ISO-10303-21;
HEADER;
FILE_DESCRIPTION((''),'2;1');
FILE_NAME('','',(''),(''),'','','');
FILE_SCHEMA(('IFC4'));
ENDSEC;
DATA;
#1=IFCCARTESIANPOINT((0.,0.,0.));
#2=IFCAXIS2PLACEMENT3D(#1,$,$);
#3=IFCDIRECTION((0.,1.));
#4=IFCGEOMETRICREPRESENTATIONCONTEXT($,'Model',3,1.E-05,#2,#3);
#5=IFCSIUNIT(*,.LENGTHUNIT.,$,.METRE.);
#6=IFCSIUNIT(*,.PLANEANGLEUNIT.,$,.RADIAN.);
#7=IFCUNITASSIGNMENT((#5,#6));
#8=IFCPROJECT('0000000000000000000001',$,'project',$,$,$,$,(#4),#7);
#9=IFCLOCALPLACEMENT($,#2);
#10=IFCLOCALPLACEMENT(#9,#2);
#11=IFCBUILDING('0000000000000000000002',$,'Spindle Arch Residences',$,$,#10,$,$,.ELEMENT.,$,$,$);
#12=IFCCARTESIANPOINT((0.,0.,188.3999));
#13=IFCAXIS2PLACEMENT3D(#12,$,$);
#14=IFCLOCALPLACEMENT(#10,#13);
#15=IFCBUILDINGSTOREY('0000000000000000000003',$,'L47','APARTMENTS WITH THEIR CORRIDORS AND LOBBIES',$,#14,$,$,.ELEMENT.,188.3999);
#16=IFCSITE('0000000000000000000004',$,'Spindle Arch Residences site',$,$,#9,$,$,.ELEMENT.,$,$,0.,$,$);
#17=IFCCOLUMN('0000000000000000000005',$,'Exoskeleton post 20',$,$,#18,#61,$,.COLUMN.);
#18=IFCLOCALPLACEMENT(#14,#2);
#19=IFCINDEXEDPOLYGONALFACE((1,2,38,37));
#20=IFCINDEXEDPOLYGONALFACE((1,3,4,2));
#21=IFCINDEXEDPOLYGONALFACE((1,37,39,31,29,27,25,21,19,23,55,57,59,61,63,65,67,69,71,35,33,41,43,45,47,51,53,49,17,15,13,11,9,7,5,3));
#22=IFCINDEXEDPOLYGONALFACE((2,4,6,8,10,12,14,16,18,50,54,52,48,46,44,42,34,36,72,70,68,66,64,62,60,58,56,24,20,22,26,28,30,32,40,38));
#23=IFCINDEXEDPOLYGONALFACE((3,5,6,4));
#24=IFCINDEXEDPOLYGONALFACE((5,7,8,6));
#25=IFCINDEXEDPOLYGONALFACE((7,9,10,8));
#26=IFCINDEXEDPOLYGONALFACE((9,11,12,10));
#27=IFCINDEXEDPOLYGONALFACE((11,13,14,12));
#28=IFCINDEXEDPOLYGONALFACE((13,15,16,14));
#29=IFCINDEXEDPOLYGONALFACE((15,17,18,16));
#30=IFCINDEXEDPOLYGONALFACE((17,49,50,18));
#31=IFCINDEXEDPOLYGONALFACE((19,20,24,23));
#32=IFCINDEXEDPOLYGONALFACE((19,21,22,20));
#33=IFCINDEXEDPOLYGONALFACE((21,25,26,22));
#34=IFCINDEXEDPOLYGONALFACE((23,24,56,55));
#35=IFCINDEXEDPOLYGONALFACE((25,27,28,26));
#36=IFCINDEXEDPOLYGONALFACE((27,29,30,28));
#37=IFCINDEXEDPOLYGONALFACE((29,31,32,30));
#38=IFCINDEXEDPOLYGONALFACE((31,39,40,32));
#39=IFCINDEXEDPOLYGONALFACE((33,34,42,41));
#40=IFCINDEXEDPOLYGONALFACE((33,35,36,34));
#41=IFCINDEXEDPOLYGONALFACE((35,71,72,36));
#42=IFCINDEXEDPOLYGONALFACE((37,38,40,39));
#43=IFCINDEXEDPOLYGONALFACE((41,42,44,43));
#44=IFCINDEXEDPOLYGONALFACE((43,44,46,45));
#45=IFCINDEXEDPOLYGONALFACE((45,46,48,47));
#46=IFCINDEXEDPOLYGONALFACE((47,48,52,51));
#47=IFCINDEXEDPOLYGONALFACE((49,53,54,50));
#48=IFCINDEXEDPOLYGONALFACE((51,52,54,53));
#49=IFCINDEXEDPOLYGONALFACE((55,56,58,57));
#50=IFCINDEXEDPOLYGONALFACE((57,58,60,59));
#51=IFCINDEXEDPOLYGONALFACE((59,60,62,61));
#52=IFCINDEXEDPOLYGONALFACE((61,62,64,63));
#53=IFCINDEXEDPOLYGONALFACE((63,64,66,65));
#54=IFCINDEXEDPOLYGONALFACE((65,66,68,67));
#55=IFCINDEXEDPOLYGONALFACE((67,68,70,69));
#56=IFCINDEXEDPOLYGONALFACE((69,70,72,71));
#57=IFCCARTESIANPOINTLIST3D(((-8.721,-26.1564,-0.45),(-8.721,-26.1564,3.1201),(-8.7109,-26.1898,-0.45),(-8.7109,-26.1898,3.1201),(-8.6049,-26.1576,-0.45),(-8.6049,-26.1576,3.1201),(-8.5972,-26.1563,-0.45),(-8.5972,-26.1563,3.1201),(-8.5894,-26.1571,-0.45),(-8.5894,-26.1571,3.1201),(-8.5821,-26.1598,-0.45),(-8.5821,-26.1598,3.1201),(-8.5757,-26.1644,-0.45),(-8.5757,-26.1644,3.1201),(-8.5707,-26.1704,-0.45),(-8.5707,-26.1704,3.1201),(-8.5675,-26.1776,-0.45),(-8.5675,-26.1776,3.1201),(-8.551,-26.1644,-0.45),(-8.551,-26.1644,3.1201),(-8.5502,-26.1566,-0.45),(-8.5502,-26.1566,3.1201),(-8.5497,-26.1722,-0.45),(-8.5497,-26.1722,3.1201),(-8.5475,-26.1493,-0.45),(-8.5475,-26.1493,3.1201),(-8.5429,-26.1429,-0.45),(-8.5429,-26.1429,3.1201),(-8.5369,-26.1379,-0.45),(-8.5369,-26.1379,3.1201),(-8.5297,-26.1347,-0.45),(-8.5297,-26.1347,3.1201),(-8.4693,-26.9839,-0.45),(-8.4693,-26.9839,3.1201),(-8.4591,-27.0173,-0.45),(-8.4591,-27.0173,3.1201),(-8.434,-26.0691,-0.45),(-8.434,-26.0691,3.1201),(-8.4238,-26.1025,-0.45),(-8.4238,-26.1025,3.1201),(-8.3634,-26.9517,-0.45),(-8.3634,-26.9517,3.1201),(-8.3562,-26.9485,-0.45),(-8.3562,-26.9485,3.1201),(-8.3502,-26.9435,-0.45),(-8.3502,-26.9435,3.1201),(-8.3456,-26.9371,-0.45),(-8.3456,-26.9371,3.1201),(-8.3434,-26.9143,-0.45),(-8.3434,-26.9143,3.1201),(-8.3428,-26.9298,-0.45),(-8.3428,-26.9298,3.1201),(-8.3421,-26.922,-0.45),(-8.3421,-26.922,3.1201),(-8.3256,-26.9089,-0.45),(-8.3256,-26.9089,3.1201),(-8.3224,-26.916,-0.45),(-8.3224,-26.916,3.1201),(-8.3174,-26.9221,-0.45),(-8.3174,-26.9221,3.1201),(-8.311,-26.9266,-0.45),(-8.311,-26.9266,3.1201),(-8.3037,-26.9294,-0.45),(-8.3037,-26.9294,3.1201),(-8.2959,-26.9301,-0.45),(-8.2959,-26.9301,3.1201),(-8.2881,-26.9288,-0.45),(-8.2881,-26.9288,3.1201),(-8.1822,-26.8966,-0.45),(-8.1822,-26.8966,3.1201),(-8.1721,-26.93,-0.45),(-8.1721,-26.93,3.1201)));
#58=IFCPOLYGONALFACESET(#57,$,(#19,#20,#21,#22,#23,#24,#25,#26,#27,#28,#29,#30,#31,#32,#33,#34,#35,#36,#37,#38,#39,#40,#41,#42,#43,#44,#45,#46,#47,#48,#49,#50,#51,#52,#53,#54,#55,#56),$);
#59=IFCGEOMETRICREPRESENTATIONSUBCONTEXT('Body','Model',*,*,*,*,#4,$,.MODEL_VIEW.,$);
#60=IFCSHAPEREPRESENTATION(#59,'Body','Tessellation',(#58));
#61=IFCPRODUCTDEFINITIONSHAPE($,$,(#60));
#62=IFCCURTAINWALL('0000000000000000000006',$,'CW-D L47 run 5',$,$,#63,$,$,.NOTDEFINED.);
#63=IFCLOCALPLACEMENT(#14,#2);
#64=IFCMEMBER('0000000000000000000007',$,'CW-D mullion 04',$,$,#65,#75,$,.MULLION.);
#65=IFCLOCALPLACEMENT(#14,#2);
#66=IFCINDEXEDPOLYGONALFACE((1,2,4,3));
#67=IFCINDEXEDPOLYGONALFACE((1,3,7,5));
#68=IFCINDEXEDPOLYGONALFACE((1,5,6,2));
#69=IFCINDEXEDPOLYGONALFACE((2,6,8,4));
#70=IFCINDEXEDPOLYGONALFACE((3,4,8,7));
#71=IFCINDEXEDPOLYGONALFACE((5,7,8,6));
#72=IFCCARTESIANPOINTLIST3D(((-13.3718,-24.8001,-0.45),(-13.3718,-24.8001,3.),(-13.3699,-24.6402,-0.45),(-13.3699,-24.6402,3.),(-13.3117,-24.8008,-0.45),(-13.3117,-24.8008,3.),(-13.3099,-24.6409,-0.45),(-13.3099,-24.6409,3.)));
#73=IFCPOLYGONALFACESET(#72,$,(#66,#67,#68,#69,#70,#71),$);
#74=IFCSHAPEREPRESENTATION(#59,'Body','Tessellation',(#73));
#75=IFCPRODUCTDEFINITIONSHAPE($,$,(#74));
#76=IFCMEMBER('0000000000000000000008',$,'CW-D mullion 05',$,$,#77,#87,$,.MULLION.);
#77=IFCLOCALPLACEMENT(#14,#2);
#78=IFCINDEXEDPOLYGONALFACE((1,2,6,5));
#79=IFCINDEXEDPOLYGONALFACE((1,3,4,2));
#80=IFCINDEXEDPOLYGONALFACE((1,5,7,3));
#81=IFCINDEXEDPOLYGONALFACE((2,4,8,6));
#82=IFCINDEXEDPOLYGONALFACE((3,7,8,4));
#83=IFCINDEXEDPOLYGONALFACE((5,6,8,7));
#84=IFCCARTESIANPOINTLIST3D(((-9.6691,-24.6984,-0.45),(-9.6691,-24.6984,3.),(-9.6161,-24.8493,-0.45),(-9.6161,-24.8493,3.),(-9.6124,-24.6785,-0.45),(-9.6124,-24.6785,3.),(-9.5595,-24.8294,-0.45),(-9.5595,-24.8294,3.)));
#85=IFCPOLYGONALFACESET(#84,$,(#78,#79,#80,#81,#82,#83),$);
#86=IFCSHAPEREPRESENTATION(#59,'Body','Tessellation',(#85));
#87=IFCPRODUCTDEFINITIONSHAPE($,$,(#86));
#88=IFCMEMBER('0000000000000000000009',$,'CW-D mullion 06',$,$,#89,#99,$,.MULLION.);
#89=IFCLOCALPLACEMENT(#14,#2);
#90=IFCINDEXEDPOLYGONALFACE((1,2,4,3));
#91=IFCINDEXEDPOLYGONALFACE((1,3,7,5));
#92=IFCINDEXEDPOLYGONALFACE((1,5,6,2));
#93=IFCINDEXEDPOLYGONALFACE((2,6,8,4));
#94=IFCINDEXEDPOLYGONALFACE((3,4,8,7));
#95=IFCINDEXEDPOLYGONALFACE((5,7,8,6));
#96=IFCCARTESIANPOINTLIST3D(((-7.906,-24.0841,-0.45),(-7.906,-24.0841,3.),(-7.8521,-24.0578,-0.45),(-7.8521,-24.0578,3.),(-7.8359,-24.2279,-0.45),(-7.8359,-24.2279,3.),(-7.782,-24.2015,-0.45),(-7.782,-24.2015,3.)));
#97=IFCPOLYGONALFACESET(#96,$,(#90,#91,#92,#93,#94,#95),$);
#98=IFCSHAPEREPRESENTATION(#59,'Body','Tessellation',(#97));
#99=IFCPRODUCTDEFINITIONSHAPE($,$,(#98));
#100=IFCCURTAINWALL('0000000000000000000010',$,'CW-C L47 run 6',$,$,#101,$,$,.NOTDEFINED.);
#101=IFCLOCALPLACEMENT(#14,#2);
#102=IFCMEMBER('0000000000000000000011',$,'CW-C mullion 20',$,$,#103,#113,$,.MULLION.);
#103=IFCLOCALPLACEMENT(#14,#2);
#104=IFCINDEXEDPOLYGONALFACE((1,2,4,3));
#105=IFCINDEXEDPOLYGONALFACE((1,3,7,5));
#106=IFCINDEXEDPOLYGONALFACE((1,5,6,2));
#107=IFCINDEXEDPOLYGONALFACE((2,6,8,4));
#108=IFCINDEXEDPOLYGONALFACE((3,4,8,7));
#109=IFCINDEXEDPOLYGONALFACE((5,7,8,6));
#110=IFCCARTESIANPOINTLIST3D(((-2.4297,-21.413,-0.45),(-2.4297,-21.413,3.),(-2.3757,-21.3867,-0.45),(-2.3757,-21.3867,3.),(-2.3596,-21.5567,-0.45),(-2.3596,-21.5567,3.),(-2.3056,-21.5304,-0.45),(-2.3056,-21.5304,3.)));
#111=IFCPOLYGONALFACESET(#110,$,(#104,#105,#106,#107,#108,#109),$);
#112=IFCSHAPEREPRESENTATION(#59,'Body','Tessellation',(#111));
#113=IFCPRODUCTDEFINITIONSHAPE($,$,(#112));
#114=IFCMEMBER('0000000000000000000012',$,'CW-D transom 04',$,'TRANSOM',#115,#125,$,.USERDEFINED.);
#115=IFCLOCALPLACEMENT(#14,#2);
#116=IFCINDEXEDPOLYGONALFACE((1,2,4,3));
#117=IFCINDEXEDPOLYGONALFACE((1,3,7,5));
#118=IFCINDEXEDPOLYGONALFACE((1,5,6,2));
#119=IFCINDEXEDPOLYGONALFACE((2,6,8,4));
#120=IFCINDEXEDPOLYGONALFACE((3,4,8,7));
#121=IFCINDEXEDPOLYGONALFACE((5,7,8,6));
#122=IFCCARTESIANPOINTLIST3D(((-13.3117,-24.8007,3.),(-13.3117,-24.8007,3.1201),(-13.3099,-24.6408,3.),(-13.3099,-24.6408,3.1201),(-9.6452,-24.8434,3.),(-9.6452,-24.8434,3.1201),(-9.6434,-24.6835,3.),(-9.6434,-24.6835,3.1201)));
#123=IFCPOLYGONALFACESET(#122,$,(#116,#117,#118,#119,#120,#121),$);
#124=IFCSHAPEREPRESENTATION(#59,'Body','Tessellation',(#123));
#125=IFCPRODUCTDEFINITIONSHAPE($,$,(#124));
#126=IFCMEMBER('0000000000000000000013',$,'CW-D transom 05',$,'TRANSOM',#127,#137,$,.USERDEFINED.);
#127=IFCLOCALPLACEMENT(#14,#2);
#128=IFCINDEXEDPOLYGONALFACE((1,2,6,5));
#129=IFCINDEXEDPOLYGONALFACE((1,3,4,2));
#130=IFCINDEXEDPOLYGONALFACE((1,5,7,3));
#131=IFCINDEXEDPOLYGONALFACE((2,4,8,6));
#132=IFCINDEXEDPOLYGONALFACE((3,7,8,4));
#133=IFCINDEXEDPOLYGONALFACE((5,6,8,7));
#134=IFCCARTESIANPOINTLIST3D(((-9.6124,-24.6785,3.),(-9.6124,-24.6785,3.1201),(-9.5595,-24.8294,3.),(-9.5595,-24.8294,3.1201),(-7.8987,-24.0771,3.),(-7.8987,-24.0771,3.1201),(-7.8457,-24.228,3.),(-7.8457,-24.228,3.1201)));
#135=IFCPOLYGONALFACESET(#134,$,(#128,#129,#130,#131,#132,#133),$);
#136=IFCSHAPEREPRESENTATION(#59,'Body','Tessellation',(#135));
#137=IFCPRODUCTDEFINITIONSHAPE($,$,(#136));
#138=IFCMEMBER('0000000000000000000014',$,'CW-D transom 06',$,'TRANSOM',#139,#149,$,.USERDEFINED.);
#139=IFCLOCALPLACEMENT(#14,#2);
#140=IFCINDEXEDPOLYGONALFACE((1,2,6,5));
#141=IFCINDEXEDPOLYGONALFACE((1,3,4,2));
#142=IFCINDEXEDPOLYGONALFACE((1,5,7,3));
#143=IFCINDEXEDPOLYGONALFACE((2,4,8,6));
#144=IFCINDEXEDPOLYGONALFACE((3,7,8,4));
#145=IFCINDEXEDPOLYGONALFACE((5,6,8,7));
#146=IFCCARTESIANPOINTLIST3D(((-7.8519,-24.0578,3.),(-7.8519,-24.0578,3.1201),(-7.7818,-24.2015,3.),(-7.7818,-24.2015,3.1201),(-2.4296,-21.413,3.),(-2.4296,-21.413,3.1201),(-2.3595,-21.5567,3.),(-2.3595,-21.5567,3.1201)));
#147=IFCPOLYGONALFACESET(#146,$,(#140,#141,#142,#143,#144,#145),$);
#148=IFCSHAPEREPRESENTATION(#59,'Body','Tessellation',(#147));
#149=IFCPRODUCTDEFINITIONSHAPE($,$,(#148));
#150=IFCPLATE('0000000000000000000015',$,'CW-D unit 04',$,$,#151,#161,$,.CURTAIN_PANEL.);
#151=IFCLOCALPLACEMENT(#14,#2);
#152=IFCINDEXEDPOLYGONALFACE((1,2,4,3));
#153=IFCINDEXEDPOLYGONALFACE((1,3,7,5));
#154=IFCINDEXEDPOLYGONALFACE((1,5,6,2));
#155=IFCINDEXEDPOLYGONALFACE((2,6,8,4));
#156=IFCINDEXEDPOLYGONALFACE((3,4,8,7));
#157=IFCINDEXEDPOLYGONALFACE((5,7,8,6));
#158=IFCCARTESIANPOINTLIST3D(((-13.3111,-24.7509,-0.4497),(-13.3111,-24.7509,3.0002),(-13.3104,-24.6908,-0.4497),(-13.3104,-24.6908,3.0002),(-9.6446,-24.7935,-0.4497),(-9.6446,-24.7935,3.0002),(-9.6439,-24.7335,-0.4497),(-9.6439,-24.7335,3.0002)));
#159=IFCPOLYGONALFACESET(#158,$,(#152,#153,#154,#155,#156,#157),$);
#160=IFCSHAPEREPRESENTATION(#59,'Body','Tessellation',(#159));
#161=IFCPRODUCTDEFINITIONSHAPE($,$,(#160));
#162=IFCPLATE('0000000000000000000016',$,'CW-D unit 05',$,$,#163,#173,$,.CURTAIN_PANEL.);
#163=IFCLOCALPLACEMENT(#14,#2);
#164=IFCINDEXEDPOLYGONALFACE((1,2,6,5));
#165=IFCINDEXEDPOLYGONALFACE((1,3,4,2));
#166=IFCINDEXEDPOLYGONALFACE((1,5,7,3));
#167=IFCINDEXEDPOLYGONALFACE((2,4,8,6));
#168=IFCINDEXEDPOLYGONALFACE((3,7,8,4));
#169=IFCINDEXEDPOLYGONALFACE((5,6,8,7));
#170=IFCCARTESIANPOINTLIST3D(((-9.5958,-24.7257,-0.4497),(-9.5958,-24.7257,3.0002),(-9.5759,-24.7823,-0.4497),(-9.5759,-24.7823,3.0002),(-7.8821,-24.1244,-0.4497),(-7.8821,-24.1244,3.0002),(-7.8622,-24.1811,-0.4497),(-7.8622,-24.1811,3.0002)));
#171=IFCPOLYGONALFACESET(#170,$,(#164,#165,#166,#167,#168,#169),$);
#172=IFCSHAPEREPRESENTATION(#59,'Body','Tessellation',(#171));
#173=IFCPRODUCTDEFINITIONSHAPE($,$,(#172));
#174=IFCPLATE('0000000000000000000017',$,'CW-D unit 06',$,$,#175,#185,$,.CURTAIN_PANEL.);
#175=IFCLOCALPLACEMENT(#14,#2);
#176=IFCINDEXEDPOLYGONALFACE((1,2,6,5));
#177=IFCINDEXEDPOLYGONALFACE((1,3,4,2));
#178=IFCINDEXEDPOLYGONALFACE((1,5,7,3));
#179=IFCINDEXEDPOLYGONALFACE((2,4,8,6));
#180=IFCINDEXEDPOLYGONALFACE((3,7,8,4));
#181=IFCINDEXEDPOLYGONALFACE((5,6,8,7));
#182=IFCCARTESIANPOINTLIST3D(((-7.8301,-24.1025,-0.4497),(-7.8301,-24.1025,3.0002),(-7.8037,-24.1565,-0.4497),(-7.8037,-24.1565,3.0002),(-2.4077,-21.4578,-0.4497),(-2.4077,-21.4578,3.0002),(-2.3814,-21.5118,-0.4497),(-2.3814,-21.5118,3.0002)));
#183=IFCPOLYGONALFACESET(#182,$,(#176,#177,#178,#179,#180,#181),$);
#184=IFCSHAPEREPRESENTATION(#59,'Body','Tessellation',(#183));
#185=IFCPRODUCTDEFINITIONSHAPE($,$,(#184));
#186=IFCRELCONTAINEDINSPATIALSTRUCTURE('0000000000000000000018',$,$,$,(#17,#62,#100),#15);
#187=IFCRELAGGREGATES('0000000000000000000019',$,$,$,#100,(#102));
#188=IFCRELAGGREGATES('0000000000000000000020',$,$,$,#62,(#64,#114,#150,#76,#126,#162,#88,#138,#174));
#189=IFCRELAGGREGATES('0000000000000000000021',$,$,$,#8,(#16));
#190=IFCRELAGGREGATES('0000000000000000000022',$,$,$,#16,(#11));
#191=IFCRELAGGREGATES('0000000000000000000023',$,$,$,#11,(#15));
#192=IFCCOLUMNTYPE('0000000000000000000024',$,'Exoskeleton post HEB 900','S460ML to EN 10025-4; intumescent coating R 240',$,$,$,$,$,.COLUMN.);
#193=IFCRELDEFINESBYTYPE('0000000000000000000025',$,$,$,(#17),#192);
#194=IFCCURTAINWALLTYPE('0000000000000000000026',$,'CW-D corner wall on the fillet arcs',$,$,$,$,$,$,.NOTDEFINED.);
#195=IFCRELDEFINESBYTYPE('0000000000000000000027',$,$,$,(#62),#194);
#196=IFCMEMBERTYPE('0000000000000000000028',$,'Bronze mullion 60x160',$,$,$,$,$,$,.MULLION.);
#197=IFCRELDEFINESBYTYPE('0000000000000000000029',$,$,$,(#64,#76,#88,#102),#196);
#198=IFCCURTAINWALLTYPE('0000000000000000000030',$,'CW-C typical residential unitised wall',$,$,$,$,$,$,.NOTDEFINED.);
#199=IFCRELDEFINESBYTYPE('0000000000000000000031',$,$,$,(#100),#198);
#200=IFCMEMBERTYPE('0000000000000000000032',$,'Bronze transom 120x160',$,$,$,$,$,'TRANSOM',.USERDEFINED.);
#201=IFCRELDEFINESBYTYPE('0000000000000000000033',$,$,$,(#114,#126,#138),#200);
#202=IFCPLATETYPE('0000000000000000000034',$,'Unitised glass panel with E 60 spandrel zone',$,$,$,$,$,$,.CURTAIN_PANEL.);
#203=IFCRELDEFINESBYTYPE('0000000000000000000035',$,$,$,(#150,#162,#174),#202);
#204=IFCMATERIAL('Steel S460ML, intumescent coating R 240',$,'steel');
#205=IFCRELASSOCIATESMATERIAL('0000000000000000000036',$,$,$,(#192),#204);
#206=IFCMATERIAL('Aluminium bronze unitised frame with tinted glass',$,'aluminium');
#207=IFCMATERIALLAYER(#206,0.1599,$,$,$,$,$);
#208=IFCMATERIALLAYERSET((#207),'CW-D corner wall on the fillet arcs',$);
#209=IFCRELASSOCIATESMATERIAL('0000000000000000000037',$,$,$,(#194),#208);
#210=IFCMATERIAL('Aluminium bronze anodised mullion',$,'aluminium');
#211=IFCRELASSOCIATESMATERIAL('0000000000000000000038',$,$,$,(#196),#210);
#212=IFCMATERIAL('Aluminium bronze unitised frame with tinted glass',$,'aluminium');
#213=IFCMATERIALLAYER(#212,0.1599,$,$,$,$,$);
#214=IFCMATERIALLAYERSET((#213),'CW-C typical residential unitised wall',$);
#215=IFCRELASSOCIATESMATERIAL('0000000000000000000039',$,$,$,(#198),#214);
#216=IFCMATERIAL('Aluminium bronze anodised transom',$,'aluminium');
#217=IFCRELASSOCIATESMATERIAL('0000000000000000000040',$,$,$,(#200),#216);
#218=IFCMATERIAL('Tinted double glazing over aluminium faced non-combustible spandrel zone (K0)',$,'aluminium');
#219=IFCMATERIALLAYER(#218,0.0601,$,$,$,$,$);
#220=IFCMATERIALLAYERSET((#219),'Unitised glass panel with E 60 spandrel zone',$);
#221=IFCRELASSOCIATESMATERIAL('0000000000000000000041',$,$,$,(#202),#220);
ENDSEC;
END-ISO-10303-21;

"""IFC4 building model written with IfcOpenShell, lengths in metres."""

from ifc_helpers import new_model, si_unit, direction, frame, origin, origin_2d, place, context, subcontext, project, spatial, rectangle, i_section, extrude, material, layer, layer_set, material_profile, profile_set, type_object, element, aggregate, save


model = new_model("IFC4")

# Units and contexts
model_context = context("Model", 3, precision=1e-05, world=origin(), true_north=direction((0.0, 1.0)))
body_context = subcontext(model_context, "Body", "Model", "MODEL_VIEW")
ifc_project = project(units=[si_unit("LENGTHUNIT", "METRE"), si_unit("PLANEANGLEUNIT", "RADIAN")], contexts=[model_context])

# Site, building, storey
site_placement = place(None, origin())
site = spatial("IfcSite", under=ifc_project, at=site_placement, Name="Spindle Arch Residences site", CompositionType="ELEMENT", RefElevation=0.0)
building_placement = place(site_placement, origin())
building = spatial("IfcBuilding", under=site, at=building_placement, Name="Spindle Arch Residences", CompositionType="ELEMENT")
storey_placement = place(building_placement, frame((0.0, 0.0, 188.3999)))
storey = spatial("IfcBuildingStorey", under=building, at=storey_placement, Name="L47", Description="APARTMENTS WITH THEIR CORRIDORS AND LOBBIES", CompositionType="ELEMENT", Elevation=188.3999)

# Column
ifc_material_1 = material(Name="Steel S460ML, intumescent coating R 240", Category="steel")
ifc_material_profile_1 = material_profile(ifc_material_1, i_section(OverallWidth=0.3, OverallDepth=0.8999, WebThickness=0.0186, FlangeThickness=0.0349, FilletRadius=0.03, at=origin_2d()), Name="HEB 900")
ifc_profile_set_1 = profile_set([ifc_material_profile_1], Name="Steel S460ML, intumescent coating R 240")
column_type = type_object("IfcColumnType", Name="Exoskeleton post HEB 900", Description="S460ML to EN 10025-4; intumescent coating R 240", PredefinedType="COLUMN", material=ifc_profile_set_1)
column_placement = place(storey_placement, frame((-8.4465, -26.5432, -0.45), z_axis=(0.0, 0.0, 1.0), x_axis=(-0.956715, -0.291028, 0.0)))
element("IfcColumn", 1, at=column_placement, inside=storey, type_object=column_type, Name="Exoskeleton post 20", PredefinedType="COLUMN", context=body_context, shape_type="SweptSolid", body=[
    extrude(i_section(OverallWidth=0.3, OverallDepth=0.8999, WebThickness=0.0186, FlangeThickness=0.0349, FilletRadius=0.03, at=origin_2d()), origin(), (0.0, 0.0, 1.0), 3.5701),
])

# Curtain wall, members
ifc_material_2 = material(Name="Aluminium bronze unitised frame with tinted glass", Category="aluminium")
ifc_layer_1 = layer(ifc_material_2, 0.1599)
ifc_layer_set_1 = layer_set([ifc_layer_1], Name="CW-D corner wall on the fillet arcs")
curtain_wall_type_1 = type_object("IfcCurtainWallType", Name="CW-D corner wall on the fillet arcs", PredefinedType="NOTDEFINED", material=ifc_layer_set_1)
curtain_wall_1_placement = place(storey_placement, origin())
curtain_wall_1 = element("IfcCurtainWall", 2, at=curtain_wall_1_placement, inside=storey, type_object=curtain_wall_type_1, Name="CW-D L47 run 5", PredefinedType="NOTDEFINED")
ifc_material_3 = material(Name="Aluminium bronze anodised mullion", Category="aluminium")
ifc_material_profile_2 = material_profile(ifc_material_3, rectangle(XDim=0.1599, YDim=0.0601, at=origin_2d()), Name="MU 60x160")
ifc_profile_set_2 = profile_set([ifc_material_profile_2], Name="Aluminium bronze anodised mullion")
member_type_1 = type_object("IfcMemberType", Name="Bronze mullion 60x160", PredefinedType="MULLION", material=ifc_profile_set_2)
member_1_placement = place(storey_placement, frame((-13.3408, -24.7205, -0.45), z_axis=(0.0, 0.0, 1.0), x_axis=(0.011635, 0.999932, 0.0)))
member_1 = element("IfcMember", 3, at=member_1_placement, type_object=member_type_1, Name="CW-D mullion 04", PredefinedType="MULLION", context=body_context, shape_type="SweptSolid", body=[
    extrude(rectangle(XDim=0.1599, YDim=0.0601, at=origin_2d()), origin(), (0.0, 0.0, 1.0), 3.45),
])
member_2_placement = place(storey_placement, frame((-9.6143, -24.7639, -0.45), z_axis=(0.0, 0.0, 1.0), x_axis=(-0.331063, 0.943609, 0.0)))
member_2 = element("IfcMember", 4, at=member_2_placement, type_object=member_type_1, Name="CW-D mullion 05", PredefinedType="MULLION", context=body_context, shape_type="SweptSolid", body=[
    extrude(rectangle(XDim=0.1599, YDim=0.0601, at=origin_2d()), origin(), (0.0, 0.0, 1.0), 3.45),
])
member_3_placement = place(storey_placement, frame((-7.844, -24.1428, -0.45), z_axis=(0.0, 0.0, 1.0), x_axis=(-0.438371, 0.898794, 0.0)))
member_3 = element("IfcMember", 5, at=member_3_placement, type_object=member_type_1, Name="CW-D mullion 06", PredefinedType="MULLION", context=body_context, shape_type="SweptSolid", body=[
    extrude(rectangle(XDim=0.1599, YDim=0.0601, at=origin_2d()), origin(), (0.0, 0.0, 1.0), 3.45),
])

# Curtain wall, member
ifc_material_4 = material(Name="Aluminium bronze unitised frame with tinted glass", Category="aluminium")
ifc_layer_2 = layer(ifc_material_4, 0.1599)
ifc_layer_set_2 = layer_set([ifc_layer_2], Name="CW-C typical residential unitised wall")
curtain_wall_type_2 = type_object("IfcCurtainWallType", Name="CW-C typical residential unitised wall", PredefinedType="NOTDEFINED", material=ifc_layer_set_2)
curtain_wall_2_placement = place(storey_placement, origin())
curtain_wall_2 = element("IfcCurtainWall", 6, at=curtain_wall_2_placement, inside=storey, type_object=curtain_wall_type_2, Name="CW-C L47 run 6", PredefinedType="NOTDEFINED")
member_4_placement = place(storey_placement, frame((-2.3677, -21.4717, -0.45), z_axis=(0.0, 0.0, 1.0), x_axis=(-0.438371, 0.898794, 0.0)))
member_4 = element("IfcMember", 7, at=member_4_placement, type_object=member_type_1, Name="CW-C mullion 20", PredefinedType="MULLION", context=body_context, shape_type="SweptSolid", body=[
    extrude(rectangle(XDim=0.1599, YDim=0.0601, at=origin_2d()), origin(), (0.0, 0.0, 1.0), 3.45),
])
aggregate(curtain_wall_2, [member_4])

# Members
ifc_material_5 = material(Name="Aluminium bronze anodised transom", Category="aluminium")
ifc_material_profile_3 = material_profile(ifc_material_5, rectangle(XDim=0.1599, YDim=0.1201, at=origin_2d()), Name="TR 120x160")
ifc_profile_set_3 = profile_set([ifc_material_profile_3], Name="Aluminium bronze anodised transom")
member_type_2 = type_object("IfcMemberType", Name="Bronze transom 120x160", ElementType="TRANSOM", PredefinedType="USERDEFINED", material=ifc_profile_set_3)
member_5_placement = place(storey_placement, frame((-13.3108, -24.7207, 3.0601), z_axis=(0.999932, -0.011652, 0.0), x_axis=(0.011652, 0.999932, 0.0)))
member_5 = element("IfcMember", 8, at=member_5_placement, type_object=member_type_2, Name="CW-D transom 04", ObjectType="TRANSOM", PredefinedType="USERDEFINED", context=body_context, shape_type="SweptSolid", body=[
    extrude(rectangle(XDim=0.1599, YDim=0.1201, at=origin_2d()), origin(), (0.0, 0.0, 1.0), 3.6667),
])
member_6_placement = place(storey_placement, frame((-9.5859, -24.7539, 3.0601), z_axis=(0.943592, 0.331111, 0.0), x_axis=(-0.331111, 0.943592, 0.0)))
member_6 = element("IfcMember", 9, at=member_6_placement, type_object=member_type_2, Name="CW-D transom 05", ObjectType="TRANSOM", PredefinedType="USERDEFINED", context=body_context, shape_type="SweptSolid", body=[
    extrude(rectangle(XDim=0.1599, YDim=0.1201, at=origin_2d()), origin(), (0.0, 0.0, 1.0), 1.8162),
])
member_7_placement = place(storey_placement, frame((-7.8169, -24.1296, 3.0601), z_axis=(0.898787, 0.438386, 0.0), x_axis=(-0.438386, 0.898787, 0.0)))
member_7 = element("IfcMember", 10, at=member_7_placement, type_object=member_type_2, Name="CW-D transom 06", ObjectType="TRANSOM", PredefinedType="USERDEFINED", context=body_context, shape_type="SweptSolid", body=[
    extrude(rectangle(XDim=0.1599, YDim=0.1201, at=origin_2d()), origin(), (0.0, 0.0, 1.0), 6.033),
])

# Plates
ifc_material_6 = material(Name="Tinted double glazing over aluminium faced non-combustible spandrel zone (K0)", Category="aluminium")
ifc_layer_3 = layer(ifc_material_6, 0.0601)
ifc_layer_set_3 = layer_set([ifc_layer_3], Name="Unitised glass panel with E 60 spandrel zone")
plate_type = type_object("IfcPlateType", Name="Unitised glass panel with E 60 spandrel zone", PredefinedType="CURTAIN_PANEL", material=ifc_layer_set_3)
plate_1_placement = place(storey_placement, frame((-11.4775, -24.7422, -0.4497), z_axis=(0.0, 0.0, 1.0), x_axis=(0.999932, -0.011635, 0.0)))
plate_1 = element("IfcPlate", 11, at=plate_1_placement, type_object=plate_type, Name="CW-D unit 04", PredefinedType="CURTAIN_PANEL", context=body_context, shape_type="SweptSolid", body=[
    extrude(rectangle(XDim=3.6667, YDim=0.0601, at=origin_2d()), origin(), (0.0, 0.0, 1.0), 3.45),
])
plate_2_placement = place(storey_placement, frame((-8.729, -24.4534, -0.4497), z_axis=(0.0, 0.0, 1.0), x_axis=(0.943609, 0.331063, 0.0)))
plate_2 = element("IfcPlate", 12, at=plate_2_placement, type_object=plate_type, Name="CW-D unit 05", PredefinedType="CURTAIN_PANEL", context=body_context, shape_type="SweptSolid", body=[
    extrude(rectangle(XDim=1.8162, YDim=0.0601, at=origin_2d()), origin(), (0.0, 0.0, 1.0), 3.45),
])
plate_3_placement = place(storey_placement, frame((-5.1057, -22.8071, -0.4497), z_axis=(0.0, 0.0, 1.0), x_axis=(0.898794, 0.438371, 0.0)))
plate_3 = element("IfcPlate", 13, at=plate_3_placement, type_object=plate_type, Name="CW-D unit 06", PredefinedType="CURTAIN_PANEL", context=body_context, shape_type="SweptSolid", body=[
    extrude(rectangle(XDim=6.033, YDim=0.0601, at=origin_2d()), origin(), (0.0, 0.0, 1.0), 3.45),
])
aggregate(curtain_wall_1, [member_1, member_5, plate_1, member_2, member_6, plate_2, member_3, member_7, plate_3])

save(model, "model.ifc")
